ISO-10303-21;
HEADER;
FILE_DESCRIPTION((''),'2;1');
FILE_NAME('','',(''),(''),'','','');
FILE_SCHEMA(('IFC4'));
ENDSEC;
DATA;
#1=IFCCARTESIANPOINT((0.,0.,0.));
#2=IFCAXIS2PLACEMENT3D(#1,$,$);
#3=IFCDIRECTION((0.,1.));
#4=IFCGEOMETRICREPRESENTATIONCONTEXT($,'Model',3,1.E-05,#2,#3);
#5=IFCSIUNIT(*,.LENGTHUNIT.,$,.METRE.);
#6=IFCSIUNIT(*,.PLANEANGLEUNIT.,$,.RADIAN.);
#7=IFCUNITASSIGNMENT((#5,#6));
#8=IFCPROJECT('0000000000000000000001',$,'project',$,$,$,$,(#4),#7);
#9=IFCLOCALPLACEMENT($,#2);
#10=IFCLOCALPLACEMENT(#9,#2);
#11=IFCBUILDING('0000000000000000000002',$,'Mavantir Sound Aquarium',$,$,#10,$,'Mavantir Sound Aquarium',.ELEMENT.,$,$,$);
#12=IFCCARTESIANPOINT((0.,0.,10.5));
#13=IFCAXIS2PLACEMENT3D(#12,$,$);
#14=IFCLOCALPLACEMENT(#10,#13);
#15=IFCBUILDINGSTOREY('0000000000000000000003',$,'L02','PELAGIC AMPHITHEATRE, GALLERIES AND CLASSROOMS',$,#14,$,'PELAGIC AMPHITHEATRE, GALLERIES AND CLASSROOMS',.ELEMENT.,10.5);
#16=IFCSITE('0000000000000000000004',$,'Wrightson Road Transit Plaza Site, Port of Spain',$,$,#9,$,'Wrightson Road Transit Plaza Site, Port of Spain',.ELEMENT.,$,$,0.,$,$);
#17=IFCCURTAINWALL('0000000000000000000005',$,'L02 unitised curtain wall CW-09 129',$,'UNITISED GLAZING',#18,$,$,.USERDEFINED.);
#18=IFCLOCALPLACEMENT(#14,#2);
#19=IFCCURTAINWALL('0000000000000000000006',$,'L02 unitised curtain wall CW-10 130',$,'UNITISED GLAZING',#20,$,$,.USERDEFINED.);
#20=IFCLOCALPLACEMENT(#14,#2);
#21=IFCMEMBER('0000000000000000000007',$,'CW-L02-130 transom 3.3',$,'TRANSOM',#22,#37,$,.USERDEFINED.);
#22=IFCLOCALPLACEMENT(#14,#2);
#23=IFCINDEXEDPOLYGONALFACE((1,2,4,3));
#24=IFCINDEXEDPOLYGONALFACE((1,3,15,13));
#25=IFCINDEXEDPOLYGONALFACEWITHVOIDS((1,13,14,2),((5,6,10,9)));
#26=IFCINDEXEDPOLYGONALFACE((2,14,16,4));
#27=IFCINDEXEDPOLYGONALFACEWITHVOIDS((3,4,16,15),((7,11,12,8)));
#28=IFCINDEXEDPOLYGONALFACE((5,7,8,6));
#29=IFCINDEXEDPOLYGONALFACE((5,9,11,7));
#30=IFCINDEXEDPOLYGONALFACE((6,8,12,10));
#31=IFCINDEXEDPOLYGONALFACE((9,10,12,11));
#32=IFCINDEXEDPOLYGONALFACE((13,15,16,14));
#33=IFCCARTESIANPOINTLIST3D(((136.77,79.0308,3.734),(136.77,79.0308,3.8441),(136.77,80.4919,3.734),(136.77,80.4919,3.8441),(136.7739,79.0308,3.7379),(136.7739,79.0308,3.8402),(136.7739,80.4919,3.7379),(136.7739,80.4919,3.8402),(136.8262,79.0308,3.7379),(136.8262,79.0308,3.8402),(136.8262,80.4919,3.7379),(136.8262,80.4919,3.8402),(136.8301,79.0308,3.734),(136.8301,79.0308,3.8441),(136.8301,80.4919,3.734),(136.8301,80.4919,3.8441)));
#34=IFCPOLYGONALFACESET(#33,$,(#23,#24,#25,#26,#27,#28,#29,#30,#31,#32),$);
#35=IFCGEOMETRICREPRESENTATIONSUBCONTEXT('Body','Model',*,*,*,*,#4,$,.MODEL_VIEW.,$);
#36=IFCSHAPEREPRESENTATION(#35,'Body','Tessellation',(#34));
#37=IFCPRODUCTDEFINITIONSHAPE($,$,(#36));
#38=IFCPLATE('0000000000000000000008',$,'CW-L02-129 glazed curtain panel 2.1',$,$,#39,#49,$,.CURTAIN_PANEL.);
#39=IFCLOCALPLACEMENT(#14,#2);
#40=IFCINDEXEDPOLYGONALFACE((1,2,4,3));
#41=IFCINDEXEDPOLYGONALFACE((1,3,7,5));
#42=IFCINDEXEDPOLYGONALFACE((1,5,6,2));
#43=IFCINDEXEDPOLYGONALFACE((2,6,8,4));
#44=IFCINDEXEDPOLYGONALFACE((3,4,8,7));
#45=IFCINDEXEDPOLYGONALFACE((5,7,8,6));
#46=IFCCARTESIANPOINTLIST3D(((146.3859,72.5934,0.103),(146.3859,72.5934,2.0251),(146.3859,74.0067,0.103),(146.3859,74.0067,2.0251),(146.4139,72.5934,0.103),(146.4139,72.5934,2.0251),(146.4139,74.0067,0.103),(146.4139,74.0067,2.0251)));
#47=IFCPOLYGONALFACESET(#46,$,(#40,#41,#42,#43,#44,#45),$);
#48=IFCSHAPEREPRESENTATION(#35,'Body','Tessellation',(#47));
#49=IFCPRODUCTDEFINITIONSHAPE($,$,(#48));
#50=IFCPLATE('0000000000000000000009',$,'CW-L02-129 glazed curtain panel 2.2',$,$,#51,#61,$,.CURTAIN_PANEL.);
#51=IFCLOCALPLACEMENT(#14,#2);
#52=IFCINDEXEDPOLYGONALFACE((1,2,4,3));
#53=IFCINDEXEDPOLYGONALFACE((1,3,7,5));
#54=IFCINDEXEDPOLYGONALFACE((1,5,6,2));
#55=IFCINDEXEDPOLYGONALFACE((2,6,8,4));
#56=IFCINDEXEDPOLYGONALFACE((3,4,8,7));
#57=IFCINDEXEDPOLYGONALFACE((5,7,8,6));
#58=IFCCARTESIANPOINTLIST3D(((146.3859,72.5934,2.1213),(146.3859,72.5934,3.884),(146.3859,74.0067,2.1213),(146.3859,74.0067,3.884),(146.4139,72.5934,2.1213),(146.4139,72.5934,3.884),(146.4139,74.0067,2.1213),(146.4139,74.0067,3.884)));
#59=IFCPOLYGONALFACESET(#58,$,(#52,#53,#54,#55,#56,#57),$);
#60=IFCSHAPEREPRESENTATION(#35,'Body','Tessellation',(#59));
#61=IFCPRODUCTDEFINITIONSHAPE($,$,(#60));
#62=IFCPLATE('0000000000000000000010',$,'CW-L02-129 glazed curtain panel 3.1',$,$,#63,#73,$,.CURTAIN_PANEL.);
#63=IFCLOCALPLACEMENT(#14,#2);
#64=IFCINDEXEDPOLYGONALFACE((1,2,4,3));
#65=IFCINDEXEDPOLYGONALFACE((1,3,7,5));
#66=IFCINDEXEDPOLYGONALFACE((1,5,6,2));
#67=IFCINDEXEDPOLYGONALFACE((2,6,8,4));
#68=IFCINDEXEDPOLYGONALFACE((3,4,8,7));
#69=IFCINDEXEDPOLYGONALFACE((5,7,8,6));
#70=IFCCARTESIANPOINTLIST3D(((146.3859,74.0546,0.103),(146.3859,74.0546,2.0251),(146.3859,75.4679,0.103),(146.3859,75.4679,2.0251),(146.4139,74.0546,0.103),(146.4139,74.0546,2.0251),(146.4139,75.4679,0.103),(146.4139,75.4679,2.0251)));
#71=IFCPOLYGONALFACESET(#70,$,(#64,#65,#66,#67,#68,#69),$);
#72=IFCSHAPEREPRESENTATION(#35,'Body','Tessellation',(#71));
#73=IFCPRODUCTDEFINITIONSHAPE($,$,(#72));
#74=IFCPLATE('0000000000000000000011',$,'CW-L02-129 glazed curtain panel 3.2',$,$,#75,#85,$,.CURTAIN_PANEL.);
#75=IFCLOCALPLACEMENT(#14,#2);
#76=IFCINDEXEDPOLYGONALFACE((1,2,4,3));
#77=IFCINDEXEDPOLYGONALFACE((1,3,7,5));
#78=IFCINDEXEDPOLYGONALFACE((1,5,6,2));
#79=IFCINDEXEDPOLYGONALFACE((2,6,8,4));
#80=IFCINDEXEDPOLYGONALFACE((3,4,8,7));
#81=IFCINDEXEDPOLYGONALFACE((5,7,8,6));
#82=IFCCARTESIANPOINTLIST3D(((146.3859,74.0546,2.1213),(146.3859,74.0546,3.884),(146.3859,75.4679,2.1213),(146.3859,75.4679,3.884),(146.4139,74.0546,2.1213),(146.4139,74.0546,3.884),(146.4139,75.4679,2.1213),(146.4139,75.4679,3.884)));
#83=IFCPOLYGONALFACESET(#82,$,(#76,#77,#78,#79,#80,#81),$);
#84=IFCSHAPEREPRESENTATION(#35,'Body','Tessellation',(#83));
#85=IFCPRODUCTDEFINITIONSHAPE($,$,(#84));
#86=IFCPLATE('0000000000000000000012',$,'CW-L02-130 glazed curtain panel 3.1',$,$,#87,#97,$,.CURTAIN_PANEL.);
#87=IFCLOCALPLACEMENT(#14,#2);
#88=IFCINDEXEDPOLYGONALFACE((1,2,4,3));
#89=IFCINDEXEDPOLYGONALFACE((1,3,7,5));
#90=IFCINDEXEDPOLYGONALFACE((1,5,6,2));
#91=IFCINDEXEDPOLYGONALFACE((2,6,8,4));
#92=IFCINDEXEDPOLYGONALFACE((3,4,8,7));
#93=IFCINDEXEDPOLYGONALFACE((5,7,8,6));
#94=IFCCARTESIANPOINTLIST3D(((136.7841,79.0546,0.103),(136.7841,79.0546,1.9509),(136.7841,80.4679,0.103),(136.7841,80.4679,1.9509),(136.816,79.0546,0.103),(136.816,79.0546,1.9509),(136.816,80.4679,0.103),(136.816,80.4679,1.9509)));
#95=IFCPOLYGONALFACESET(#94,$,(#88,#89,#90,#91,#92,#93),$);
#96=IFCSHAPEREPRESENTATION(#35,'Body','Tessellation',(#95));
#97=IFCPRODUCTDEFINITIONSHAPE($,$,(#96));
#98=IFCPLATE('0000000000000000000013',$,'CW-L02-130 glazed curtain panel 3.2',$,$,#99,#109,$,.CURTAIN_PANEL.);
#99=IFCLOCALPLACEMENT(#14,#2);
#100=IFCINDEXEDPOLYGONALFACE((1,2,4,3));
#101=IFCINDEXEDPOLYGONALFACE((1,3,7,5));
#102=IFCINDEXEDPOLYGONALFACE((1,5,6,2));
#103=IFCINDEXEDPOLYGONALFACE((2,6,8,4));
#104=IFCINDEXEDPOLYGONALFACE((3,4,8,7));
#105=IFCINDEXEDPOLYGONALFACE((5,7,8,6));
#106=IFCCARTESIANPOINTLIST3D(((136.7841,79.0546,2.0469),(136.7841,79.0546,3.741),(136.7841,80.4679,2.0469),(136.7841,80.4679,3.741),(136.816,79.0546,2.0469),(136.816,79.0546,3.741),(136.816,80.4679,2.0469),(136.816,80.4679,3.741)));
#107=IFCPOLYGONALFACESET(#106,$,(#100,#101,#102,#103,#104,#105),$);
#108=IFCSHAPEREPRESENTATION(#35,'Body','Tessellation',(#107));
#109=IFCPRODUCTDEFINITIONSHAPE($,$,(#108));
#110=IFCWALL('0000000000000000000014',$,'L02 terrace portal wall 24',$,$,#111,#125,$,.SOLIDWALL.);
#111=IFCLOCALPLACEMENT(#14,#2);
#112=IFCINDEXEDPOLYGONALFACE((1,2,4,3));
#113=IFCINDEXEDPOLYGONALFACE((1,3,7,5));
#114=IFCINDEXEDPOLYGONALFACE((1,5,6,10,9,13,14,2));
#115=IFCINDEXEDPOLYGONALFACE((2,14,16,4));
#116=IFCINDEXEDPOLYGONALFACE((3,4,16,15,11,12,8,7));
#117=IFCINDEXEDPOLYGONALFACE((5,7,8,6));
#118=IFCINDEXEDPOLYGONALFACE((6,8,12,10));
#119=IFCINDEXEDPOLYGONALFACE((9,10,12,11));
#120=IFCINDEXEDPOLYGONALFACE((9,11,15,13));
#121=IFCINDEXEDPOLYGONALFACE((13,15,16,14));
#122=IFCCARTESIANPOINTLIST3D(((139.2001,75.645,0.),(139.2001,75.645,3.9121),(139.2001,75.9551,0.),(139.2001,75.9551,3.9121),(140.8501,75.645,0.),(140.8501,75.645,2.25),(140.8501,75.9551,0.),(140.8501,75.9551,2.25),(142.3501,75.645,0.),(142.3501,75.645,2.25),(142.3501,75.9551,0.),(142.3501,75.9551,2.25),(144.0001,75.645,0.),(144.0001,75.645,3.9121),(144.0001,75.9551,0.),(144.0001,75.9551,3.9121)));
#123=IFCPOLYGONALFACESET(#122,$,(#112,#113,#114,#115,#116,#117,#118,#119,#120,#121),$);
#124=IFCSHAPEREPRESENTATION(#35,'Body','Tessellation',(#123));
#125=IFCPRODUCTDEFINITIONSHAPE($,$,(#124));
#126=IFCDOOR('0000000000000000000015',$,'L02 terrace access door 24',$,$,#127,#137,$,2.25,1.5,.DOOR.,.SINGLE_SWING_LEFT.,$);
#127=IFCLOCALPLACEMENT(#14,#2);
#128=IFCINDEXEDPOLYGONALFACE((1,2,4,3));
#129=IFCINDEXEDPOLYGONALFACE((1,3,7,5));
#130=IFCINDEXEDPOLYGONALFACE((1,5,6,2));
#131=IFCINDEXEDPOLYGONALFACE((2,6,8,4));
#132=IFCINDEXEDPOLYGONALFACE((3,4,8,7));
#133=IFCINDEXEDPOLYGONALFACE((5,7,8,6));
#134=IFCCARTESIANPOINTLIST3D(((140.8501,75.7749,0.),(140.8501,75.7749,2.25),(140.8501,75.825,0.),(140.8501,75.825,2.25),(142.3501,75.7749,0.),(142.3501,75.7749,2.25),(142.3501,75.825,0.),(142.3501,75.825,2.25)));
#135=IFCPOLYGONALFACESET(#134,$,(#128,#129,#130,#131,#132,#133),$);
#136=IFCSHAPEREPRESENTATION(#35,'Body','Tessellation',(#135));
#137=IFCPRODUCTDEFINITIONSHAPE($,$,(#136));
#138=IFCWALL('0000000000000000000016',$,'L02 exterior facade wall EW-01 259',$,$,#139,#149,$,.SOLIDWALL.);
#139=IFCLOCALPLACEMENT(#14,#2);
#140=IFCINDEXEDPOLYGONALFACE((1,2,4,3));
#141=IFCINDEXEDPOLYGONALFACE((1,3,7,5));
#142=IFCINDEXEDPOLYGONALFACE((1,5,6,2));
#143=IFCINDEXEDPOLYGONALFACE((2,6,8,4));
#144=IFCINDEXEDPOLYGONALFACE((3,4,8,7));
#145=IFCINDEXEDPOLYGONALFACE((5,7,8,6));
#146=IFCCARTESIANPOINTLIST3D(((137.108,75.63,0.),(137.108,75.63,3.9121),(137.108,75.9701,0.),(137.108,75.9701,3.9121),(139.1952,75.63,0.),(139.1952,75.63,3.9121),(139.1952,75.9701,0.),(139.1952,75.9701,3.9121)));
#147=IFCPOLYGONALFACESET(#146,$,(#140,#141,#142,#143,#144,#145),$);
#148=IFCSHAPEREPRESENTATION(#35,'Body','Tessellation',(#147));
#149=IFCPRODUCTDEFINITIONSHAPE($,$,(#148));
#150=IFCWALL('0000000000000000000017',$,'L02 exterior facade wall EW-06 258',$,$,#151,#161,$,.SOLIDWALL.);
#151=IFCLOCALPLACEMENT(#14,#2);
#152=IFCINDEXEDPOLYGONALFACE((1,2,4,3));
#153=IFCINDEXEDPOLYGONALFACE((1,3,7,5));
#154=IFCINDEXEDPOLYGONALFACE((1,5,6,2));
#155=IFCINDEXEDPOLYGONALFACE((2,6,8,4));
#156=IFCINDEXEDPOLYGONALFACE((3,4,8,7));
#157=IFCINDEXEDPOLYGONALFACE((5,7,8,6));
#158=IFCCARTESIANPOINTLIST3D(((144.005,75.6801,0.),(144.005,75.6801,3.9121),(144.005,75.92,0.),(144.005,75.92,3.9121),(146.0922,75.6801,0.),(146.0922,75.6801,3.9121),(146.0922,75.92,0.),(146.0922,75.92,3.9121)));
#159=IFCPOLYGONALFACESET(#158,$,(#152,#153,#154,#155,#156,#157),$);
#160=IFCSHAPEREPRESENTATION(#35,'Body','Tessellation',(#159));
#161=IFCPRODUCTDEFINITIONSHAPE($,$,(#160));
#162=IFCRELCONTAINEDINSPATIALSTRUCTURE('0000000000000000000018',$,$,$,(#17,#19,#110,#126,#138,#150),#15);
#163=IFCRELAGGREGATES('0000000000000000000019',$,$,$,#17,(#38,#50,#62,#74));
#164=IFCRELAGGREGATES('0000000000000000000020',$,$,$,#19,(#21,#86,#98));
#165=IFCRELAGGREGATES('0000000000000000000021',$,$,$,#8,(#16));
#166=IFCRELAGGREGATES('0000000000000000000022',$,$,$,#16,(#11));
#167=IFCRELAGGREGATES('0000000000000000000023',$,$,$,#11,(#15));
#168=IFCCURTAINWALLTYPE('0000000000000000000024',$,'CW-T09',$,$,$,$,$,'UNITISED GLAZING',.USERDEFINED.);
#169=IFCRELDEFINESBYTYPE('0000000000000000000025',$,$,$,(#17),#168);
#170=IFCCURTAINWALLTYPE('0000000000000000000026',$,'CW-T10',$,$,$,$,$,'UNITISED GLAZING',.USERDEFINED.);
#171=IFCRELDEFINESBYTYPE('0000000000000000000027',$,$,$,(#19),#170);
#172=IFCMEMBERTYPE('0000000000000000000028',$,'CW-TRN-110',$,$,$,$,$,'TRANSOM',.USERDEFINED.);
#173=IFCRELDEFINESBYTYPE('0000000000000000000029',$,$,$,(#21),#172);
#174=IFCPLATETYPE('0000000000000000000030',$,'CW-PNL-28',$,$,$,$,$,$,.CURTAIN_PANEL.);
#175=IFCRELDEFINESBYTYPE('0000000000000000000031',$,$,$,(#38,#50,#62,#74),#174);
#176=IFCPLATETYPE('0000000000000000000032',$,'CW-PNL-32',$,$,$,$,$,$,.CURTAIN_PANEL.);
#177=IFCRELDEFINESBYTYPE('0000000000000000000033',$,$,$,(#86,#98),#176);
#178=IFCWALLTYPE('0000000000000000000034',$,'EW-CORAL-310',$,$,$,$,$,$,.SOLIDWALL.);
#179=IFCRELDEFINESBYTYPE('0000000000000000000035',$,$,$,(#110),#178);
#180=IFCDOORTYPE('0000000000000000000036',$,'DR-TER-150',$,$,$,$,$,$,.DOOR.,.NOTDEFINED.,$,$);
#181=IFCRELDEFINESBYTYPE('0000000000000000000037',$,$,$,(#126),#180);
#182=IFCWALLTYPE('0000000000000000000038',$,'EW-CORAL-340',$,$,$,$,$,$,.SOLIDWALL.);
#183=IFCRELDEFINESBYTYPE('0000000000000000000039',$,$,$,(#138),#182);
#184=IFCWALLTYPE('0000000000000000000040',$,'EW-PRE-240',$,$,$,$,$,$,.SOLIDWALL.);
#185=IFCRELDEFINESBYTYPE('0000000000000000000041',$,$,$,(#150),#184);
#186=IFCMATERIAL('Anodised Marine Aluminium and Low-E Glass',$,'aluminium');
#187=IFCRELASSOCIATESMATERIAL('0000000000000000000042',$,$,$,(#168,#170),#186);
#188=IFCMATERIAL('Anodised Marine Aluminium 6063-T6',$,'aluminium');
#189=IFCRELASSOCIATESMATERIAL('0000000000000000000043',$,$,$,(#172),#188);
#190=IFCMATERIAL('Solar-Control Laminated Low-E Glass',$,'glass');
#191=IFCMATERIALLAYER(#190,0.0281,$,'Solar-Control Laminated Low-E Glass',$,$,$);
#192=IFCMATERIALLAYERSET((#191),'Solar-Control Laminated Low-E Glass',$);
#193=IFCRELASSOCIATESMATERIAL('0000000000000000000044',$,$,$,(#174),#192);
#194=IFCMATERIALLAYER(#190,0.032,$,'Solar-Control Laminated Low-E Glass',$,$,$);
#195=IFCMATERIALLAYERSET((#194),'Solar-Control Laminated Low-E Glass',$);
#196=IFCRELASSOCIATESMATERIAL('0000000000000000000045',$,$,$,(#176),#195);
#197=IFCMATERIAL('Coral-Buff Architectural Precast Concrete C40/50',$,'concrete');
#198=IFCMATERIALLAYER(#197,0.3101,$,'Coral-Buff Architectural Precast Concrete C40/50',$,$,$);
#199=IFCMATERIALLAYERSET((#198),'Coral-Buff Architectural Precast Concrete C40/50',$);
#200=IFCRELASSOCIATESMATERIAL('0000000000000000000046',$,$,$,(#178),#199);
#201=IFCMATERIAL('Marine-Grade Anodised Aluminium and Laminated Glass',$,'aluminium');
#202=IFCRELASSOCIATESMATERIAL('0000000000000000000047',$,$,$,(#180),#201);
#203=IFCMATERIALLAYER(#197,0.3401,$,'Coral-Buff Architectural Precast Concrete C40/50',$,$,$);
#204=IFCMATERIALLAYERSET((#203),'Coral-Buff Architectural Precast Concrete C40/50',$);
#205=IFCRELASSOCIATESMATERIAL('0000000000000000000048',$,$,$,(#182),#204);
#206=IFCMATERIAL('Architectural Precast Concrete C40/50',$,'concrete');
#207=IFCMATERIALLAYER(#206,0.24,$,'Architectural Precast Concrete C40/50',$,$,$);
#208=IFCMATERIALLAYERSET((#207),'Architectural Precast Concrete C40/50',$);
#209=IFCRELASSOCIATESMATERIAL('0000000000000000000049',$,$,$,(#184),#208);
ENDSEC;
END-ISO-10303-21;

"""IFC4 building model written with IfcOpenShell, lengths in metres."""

from ifc_helpers import new_model, si_unit, direction, frame, frame_2d, origin, origin_2d, place, context, subcontext, project, spatial, rectangle, hollow_rectangle, extrude, material, layer, layer_set, material_profile, profile_set, type_object, element, fill, aggregate, save


model = new_model("IFC4")

# Units and contexts
model_context = context("Model", 3, precision=1e-05, world=origin(), true_north=direction((0.0, 1.0)))
body_context = subcontext(model_context, "Body", "Model", "MODEL_VIEW")
ifc_project = project(units=[si_unit("LENGTHUNIT", "METRE"), si_unit("PLANEANGLEUNIT", "RADIAN")], contexts=[model_context])

# Site, building, storey
site_placement = place(None, origin())
site = spatial("IfcSite", under=ifc_project, at=site_placement, Name="Wrightson Road Transit Plaza Site, Port of Spain", LongName="Wrightson Road Transit Plaza Site, Port of Spain", CompositionType="ELEMENT", RefElevation=0.0)
building_placement = place(site_placement, origin())
building = spatial("IfcBuilding", under=site, at=building_placement, Name="Mavantir Sound Aquarium", LongName="Mavantir Sound Aquarium", CompositionType="ELEMENT")
storey_placement = place(building_placement, frame((0.0, 0.0, 10.5)))
storey = spatial("IfcBuildingStorey", under=building, at=storey_placement, Name="L02", Description="PELAGIC AMPHITHEATRE, GALLERIES AND CLASSROOMS", LongName="PELAGIC AMPHITHEATRE, GALLERIES AND CLASSROOMS", CompositionType="ELEMENT", Elevation=10.5)

# Curtain wall
ifc_material_1 = material(Name="Anodised Marine Aluminium and Low-E Glass", Category="aluminium")
curtain_wall_type_1 = type_object("IfcCurtainWallType", Name="CW-T09", ElementType="UNITISED GLAZING", PredefinedType="USERDEFINED", material=ifc_material_1)
curtain_wall_1_placement = place(storey_placement, origin())
curtain_wall_1 = element("IfcCurtainWall", 1, at=curtain_wall_1_placement, inside=storey, type_object=curtain_wall_type_1, Name="L02 unitised curtain wall CW-09 129", ObjectType="UNITISED GLAZING", PredefinedType="USERDEFINED")
ifc_material_2 = material(Name="Anodised Marine Aluminium 6063-T6", Category="aluminium")

# Curtain wall
curtain_wall_type_2 = type_object("IfcCurtainWallType", Name="CW-T10", ElementType="UNITISED GLAZING", PredefinedType="USERDEFINED", material=ifc_material_1)
curtain_wall_2_placement = place(storey_placement, origin())
curtain_wall_2 = element("IfcCurtainWall", 2, at=curtain_wall_2_placement, inside=storey, type_object=curtain_wall_type_2, Name="L02 unitised curtain wall CW-10 130", ObjectType="UNITISED GLAZING", PredefinedType="USERDEFINED")

# Member
ifc_material_profile_1 = material_profile(ifc_material_2, hollow_rectangle(XDim=0.0601, YDim=0.1101, WallThickness=0.0039, at=origin_2d()), Name="ALU-TRANSOM-110X60")
ifc_profile_set_1 = profile_set([ifc_material_profile_1], Name="Anodised Marine Aluminium 6063-T6")
member_type_1 = type_object("IfcMemberType", Name="CW-TRN-110", ElementType="TRANSOM", PredefinedType="USERDEFINED", material=ifc_profile_set_1)
member_1_placement = place(storey_placement, frame((136.8, 79.0308, 3.7891), z_axis=(0.0, 1.0, 0.0), x_axis=(-1.0, 0.0, 0.0)))
member_1 = element("IfcMember", 3, at=member_1_placement, type_object=member_type_1, Name="CW-L02-130 transom 3.3", ObjectType="TRANSOM", PredefinedType="USERDEFINED", context=body_context, shape_type="SweptSolid", body=[
    extrude(hollow_rectangle(XDim=0.0601, YDim=0.1101, WallThickness=0.0039, at=origin_2d()), origin(), (0.0, 0.0, 1.0), 1.4612),
])

# Plates
ifc_material_3 = material(Name="Solar-Control Laminated Low-E Glass", Category="glass")
ifc_layer_1 = layer(ifc_material_3, 0.0281, Name="Solar-Control Laminated Low-E Glass")
ifc_layer_set_1 = layer_set([ifc_layer_1], Name="Solar-Control Laminated Low-E Glass")
plate_type_1 = type_object("IfcPlateType", Name="CW-PNL-28", PredefinedType="CURTAIN_PANEL", material=ifc_layer_set_1)
plate_1_placement = place(storey_placement, frame((146.3999, 73.3, 0.103), z_axis=(0.0, 0.0, 1.0), x_axis=(0.0, 1.0, 0.0)))
plate_1 = element("IfcPlate", 4, at=plate_1_placement, type_object=plate_type_1, Name="CW-L02-129 glazed curtain panel 2.1", PredefinedType="CURTAIN_PANEL", context=body_context, shape_type="SweptSolid", body=[
    extrude(rectangle(XDim=1.4133, YDim=0.0281, at=origin_2d()), origin(), (0.0, 0.0, 1.0), 1.9221),
])
plate_2_placement = place(storey_placement, frame((146.3999, 73.3, 2.1213), z_axis=(0.0, 0.0, 1.0), x_axis=(0.0, 1.0, 0.0)))
plate_2 = element("IfcPlate", 5, at=plate_2_placement, type_object=plate_type_1, Name="CW-L02-129 glazed curtain panel 2.2", PredefinedType="CURTAIN_PANEL", context=body_context, shape_type="SweptSolid", body=[
    extrude(rectangle(XDim=1.4133, YDim=0.0281, at=origin_2d()), origin(), (0.0, 0.0, 1.0), 1.7627),
])
plate_3_placement = place(storey_placement, frame((146.3999, 74.7612, 0.103), z_axis=(0.0, 0.0, 1.0), x_axis=(0.0, 1.0, 0.0)))
plate_3 = element("IfcPlate", 6, at=plate_3_placement, type_object=plate_type_1, Name="CW-L02-129 glazed curtain panel 3.1", PredefinedType="CURTAIN_PANEL", context=body_context, shape_type="SweptSolid", body=[
    extrude(rectangle(XDim=1.4133, YDim=0.0281, at=origin_2d()), origin(), (0.0, 0.0, 1.0), 1.9221),
])
plate_4_placement = place(storey_placement, frame((146.3999, 74.7612, 2.1213), z_axis=(0.0, 0.0, 1.0), x_axis=(0.0, 1.0, 0.0)))
plate_4 = element("IfcPlate", 7, at=plate_4_placement, type_object=plate_type_1, Name="CW-L02-129 glazed curtain panel 3.2", PredefinedType="CURTAIN_PANEL", context=body_context, shape_type="SweptSolid", body=[
    extrude(rectangle(XDim=1.4133, YDim=0.0281, at=origin_2d()), origin(), (0.0, 0.0, 1.0), 1.7627),
])
aggregate(curtain_wall_1, [plate_1, plate_2, plate_3, plate_4])
ifc_layer_2 = layer(ifc_material_3, 0.032, Name="Solar-Control Laminated Low-E Glass")
ifc_layer_set_2 = layer_set([ifc_layer_2], Name="Solar-Control Laminated Low-E Glass")
plate_type_2 = type_object("IfcPlateType", Name="CW-PNL-32", PredefinedType="CURTAIN_PANEL", material=ifc_layer_set_2)
plate_5_placement = place(storey_placement, frame((136.8, 79.7612, 0.103), z_axis=(0.0, 0.0, 1.0), x_axis=(0.0, 1.0, 0.0)))
plate_5 = element("IfcPlate", 8, at=plate_5_placement, type_object=plate_type_2, Name="CW-L02-130 glazed curtain panel 3.1", PredefinedType="CURTAIN_PANEL", context=body_context, shape_type="SweptSolid", body=[
    extrude(rectangle(XDim=1.4133, YDim=0.032, at=origin_2d()), origin(), (0.0, 0.0, 1.0), 1.8479),
])
plate_6_placement = place(storey_placement, frame((136.8, 79.7612, 2.0469), z_axis=(0.0, 0.0, 1.0), x_axis=(0.0, 1.0, 0.0)))
plate_6 = element("IfcPlate", 9, at=plate_6_placement, type_object=plate_type_2, Name="CW-L02-130 glazed curtain panel 3.2", PredefinedType="CURTAIN_PANEL", context=body_context, shape_type="SweptSolid", body=[
    extrude(rectangle(XDim=1.4133, YDim=0.032, at=origin_2d()), origin(), (0.0, 0.0, 1.0), 1.6941),
])
aggregate(curtain_wall_2, [member_1, plate_5, plate_6])

# Wall, opening, door
ifc_material_4 = material(Name="Coral-Buff Architectural Precast Concrete C40/50", Category="concrete")
ifc_layer_3 = layer(ifc_material_4, 0.3101, Name="Coral-Buff Architectural Precast Concrete C40/50")
ifc_layer_set_3 = layer_set([ifc_layer_3], Name="Coral-Buff Architectural Precast Concrete C40/50")
wall_type_1 = type_object("IfcWallType", Name="EW-CORAL-310", PredefinedType="SOLIDWALL", material=ifc_layer_set_3)
wall_1_placement = place(storey_placement, frame((144.0, 75.8, 0.0), z_axis=(0.0, 0.0, 1.0), x_axis=(-1.0, 0.0, 0.0)))
wall_1 = element("IfcWall", 10, at=wall_1_placement, inside=storey, type_object=wall_type_1, Name="L02 terrace portal wall 24", PredefinedType="SOLIDWALL", context=body_context, shape_type="SweptSolid", body=[
    extrude(rectangle(XDim=4.8, YDim=0.3101, at=frame_2d((2.3999, 0.0))), origin(), (0.0, 0.0, 1.0), 3.9121),
])
opening_placement = place(wall_1_placement, frame((3.1499, 0.0, 0.0), z_axis=(0.0, 0.0, 1.0), x_axis=(-1.0, 0.0, 0.0)))
opening = element("IfcOpeningElement", 11, at=opening_placement, cuts=wall_1, PredefinedType="OPENING", context=body_context, shape_type="SweptSolid", body=[
    extrude(rectangle(XDim=1.5, YDim=2.25, at=frame_2d((0.75, 1.125))), frame((0.0, 0.165, 0.0), z_axis=(0.0, -1.0, 0.0), x_axis=(1.0, 0.0, 0.0)), (0.0, 0.0, 1.0), 0.3301),
])
ifc_material_5 = material(Name="Marine-Grade Anodised Aluminium and Laminated Glass", Category="aluminium")
door_type = type_object("IfcDoorType", Name="DR-TER-150", OperationType="NOTDEFINED", PredefinedType="DOOR", material=ifc_material_5)
door_placement = place(opening_placement, origin())
door = element("IfcDoor", 12, at=door_placement, inside=storey, type_object=door_type, Name="L02 terrace access door 24", OperationType="SINGLE_SWING_LEFT", OverallHeight=2.25, OverallWidth=1.5, PredefinedType="DOOR", context=body_context, shape_type="SweptSolid", body=[
    extrude(rectangle(XDim=1.5, YDim=2.25, at=frame_2d((0.75, 1.125))), frame((0.0, 0.0249, 0.0), z_axis=(0.0, -1.0, 0.0), x_axis=(1.0, 0.0, 0.0)), (0.0, 0.0, 1.0), 0.05),
])
fill(opening, door)

# Walls
ifc_layer_4 = layer(ifc_material_4, 0.3401, Name="Coral-Buff Architectural Precast Concrete C40/50")
ifc_layer_set_4 = layer_set([ifc_layer_4], Name="Coral-Buff Architectural Precast Concrete C40/50")
wall_type_2 = type_object("IfcWallType", Name="EW-CORAL-340", PredefinedType="SOLIDWALL", material=ifc_layer_set_4)
wall_2_placement = place(storey_placement, frame((139.1951, 75.8, 0.0), z_axis=(0.0, 0.0, 1.0), x_axis=(-1.0, 0.0, 0.0)))
element("IfcWall", 13, at=wall_2_placement, inside=storey, type_object=wall_type_2, Name="L02 exterior facade wall EW-01 259", PredefinedType="SOLIDWALL", context=body_context, shape_type="SweptSolid", body=[
    extrude(rectangle(XDim=2.0872, YDim=0.3401, at=frame_2d((1.0435, 0.0))), origin(), (0.0, 0.0, 1.0), 3.9121),
])
ifc_material_6 = material(Name="Architectural Precast Concrete C40/50", Category="concrete")
ifc_layer_5 = layer(ifc_material_6, 0.24, Name="Architectural Precast Concrete C40/50")
ifc_layer_set_5 = layer_set([ifc_layer_5], Name="Architectural Precast Concrete C40/50")
wall_type_3 = type_object("IfcWallType", Name="EW-PRE-240", PredefinedType="SOLIDWALL", material=ifc_layer_set_5)
wall_3_placement = place(storey_placement, frame((146.092, 75.8, 0.0), z_axis=(0.0, 0.0, 1.0), x_axis=(-1.0, 0.0, 0.0)))
element("IfcWall", 14, at=wall_3_placement, inside=storey, type_object=wall_type_3, Name="L02 exterior facade wall EW-06 258", PredefinedType="SOLIDWALL", context=body_context, shape_type="SweptSolid", body=[
    extrude(rectangle(XDim=2.0872, YDim=0.24, at=frame_2d((1.0435, 0.0))), origin(), (0.0, 0.0, 1.0), 3.9121),
])

save(model, "model.ifc")
